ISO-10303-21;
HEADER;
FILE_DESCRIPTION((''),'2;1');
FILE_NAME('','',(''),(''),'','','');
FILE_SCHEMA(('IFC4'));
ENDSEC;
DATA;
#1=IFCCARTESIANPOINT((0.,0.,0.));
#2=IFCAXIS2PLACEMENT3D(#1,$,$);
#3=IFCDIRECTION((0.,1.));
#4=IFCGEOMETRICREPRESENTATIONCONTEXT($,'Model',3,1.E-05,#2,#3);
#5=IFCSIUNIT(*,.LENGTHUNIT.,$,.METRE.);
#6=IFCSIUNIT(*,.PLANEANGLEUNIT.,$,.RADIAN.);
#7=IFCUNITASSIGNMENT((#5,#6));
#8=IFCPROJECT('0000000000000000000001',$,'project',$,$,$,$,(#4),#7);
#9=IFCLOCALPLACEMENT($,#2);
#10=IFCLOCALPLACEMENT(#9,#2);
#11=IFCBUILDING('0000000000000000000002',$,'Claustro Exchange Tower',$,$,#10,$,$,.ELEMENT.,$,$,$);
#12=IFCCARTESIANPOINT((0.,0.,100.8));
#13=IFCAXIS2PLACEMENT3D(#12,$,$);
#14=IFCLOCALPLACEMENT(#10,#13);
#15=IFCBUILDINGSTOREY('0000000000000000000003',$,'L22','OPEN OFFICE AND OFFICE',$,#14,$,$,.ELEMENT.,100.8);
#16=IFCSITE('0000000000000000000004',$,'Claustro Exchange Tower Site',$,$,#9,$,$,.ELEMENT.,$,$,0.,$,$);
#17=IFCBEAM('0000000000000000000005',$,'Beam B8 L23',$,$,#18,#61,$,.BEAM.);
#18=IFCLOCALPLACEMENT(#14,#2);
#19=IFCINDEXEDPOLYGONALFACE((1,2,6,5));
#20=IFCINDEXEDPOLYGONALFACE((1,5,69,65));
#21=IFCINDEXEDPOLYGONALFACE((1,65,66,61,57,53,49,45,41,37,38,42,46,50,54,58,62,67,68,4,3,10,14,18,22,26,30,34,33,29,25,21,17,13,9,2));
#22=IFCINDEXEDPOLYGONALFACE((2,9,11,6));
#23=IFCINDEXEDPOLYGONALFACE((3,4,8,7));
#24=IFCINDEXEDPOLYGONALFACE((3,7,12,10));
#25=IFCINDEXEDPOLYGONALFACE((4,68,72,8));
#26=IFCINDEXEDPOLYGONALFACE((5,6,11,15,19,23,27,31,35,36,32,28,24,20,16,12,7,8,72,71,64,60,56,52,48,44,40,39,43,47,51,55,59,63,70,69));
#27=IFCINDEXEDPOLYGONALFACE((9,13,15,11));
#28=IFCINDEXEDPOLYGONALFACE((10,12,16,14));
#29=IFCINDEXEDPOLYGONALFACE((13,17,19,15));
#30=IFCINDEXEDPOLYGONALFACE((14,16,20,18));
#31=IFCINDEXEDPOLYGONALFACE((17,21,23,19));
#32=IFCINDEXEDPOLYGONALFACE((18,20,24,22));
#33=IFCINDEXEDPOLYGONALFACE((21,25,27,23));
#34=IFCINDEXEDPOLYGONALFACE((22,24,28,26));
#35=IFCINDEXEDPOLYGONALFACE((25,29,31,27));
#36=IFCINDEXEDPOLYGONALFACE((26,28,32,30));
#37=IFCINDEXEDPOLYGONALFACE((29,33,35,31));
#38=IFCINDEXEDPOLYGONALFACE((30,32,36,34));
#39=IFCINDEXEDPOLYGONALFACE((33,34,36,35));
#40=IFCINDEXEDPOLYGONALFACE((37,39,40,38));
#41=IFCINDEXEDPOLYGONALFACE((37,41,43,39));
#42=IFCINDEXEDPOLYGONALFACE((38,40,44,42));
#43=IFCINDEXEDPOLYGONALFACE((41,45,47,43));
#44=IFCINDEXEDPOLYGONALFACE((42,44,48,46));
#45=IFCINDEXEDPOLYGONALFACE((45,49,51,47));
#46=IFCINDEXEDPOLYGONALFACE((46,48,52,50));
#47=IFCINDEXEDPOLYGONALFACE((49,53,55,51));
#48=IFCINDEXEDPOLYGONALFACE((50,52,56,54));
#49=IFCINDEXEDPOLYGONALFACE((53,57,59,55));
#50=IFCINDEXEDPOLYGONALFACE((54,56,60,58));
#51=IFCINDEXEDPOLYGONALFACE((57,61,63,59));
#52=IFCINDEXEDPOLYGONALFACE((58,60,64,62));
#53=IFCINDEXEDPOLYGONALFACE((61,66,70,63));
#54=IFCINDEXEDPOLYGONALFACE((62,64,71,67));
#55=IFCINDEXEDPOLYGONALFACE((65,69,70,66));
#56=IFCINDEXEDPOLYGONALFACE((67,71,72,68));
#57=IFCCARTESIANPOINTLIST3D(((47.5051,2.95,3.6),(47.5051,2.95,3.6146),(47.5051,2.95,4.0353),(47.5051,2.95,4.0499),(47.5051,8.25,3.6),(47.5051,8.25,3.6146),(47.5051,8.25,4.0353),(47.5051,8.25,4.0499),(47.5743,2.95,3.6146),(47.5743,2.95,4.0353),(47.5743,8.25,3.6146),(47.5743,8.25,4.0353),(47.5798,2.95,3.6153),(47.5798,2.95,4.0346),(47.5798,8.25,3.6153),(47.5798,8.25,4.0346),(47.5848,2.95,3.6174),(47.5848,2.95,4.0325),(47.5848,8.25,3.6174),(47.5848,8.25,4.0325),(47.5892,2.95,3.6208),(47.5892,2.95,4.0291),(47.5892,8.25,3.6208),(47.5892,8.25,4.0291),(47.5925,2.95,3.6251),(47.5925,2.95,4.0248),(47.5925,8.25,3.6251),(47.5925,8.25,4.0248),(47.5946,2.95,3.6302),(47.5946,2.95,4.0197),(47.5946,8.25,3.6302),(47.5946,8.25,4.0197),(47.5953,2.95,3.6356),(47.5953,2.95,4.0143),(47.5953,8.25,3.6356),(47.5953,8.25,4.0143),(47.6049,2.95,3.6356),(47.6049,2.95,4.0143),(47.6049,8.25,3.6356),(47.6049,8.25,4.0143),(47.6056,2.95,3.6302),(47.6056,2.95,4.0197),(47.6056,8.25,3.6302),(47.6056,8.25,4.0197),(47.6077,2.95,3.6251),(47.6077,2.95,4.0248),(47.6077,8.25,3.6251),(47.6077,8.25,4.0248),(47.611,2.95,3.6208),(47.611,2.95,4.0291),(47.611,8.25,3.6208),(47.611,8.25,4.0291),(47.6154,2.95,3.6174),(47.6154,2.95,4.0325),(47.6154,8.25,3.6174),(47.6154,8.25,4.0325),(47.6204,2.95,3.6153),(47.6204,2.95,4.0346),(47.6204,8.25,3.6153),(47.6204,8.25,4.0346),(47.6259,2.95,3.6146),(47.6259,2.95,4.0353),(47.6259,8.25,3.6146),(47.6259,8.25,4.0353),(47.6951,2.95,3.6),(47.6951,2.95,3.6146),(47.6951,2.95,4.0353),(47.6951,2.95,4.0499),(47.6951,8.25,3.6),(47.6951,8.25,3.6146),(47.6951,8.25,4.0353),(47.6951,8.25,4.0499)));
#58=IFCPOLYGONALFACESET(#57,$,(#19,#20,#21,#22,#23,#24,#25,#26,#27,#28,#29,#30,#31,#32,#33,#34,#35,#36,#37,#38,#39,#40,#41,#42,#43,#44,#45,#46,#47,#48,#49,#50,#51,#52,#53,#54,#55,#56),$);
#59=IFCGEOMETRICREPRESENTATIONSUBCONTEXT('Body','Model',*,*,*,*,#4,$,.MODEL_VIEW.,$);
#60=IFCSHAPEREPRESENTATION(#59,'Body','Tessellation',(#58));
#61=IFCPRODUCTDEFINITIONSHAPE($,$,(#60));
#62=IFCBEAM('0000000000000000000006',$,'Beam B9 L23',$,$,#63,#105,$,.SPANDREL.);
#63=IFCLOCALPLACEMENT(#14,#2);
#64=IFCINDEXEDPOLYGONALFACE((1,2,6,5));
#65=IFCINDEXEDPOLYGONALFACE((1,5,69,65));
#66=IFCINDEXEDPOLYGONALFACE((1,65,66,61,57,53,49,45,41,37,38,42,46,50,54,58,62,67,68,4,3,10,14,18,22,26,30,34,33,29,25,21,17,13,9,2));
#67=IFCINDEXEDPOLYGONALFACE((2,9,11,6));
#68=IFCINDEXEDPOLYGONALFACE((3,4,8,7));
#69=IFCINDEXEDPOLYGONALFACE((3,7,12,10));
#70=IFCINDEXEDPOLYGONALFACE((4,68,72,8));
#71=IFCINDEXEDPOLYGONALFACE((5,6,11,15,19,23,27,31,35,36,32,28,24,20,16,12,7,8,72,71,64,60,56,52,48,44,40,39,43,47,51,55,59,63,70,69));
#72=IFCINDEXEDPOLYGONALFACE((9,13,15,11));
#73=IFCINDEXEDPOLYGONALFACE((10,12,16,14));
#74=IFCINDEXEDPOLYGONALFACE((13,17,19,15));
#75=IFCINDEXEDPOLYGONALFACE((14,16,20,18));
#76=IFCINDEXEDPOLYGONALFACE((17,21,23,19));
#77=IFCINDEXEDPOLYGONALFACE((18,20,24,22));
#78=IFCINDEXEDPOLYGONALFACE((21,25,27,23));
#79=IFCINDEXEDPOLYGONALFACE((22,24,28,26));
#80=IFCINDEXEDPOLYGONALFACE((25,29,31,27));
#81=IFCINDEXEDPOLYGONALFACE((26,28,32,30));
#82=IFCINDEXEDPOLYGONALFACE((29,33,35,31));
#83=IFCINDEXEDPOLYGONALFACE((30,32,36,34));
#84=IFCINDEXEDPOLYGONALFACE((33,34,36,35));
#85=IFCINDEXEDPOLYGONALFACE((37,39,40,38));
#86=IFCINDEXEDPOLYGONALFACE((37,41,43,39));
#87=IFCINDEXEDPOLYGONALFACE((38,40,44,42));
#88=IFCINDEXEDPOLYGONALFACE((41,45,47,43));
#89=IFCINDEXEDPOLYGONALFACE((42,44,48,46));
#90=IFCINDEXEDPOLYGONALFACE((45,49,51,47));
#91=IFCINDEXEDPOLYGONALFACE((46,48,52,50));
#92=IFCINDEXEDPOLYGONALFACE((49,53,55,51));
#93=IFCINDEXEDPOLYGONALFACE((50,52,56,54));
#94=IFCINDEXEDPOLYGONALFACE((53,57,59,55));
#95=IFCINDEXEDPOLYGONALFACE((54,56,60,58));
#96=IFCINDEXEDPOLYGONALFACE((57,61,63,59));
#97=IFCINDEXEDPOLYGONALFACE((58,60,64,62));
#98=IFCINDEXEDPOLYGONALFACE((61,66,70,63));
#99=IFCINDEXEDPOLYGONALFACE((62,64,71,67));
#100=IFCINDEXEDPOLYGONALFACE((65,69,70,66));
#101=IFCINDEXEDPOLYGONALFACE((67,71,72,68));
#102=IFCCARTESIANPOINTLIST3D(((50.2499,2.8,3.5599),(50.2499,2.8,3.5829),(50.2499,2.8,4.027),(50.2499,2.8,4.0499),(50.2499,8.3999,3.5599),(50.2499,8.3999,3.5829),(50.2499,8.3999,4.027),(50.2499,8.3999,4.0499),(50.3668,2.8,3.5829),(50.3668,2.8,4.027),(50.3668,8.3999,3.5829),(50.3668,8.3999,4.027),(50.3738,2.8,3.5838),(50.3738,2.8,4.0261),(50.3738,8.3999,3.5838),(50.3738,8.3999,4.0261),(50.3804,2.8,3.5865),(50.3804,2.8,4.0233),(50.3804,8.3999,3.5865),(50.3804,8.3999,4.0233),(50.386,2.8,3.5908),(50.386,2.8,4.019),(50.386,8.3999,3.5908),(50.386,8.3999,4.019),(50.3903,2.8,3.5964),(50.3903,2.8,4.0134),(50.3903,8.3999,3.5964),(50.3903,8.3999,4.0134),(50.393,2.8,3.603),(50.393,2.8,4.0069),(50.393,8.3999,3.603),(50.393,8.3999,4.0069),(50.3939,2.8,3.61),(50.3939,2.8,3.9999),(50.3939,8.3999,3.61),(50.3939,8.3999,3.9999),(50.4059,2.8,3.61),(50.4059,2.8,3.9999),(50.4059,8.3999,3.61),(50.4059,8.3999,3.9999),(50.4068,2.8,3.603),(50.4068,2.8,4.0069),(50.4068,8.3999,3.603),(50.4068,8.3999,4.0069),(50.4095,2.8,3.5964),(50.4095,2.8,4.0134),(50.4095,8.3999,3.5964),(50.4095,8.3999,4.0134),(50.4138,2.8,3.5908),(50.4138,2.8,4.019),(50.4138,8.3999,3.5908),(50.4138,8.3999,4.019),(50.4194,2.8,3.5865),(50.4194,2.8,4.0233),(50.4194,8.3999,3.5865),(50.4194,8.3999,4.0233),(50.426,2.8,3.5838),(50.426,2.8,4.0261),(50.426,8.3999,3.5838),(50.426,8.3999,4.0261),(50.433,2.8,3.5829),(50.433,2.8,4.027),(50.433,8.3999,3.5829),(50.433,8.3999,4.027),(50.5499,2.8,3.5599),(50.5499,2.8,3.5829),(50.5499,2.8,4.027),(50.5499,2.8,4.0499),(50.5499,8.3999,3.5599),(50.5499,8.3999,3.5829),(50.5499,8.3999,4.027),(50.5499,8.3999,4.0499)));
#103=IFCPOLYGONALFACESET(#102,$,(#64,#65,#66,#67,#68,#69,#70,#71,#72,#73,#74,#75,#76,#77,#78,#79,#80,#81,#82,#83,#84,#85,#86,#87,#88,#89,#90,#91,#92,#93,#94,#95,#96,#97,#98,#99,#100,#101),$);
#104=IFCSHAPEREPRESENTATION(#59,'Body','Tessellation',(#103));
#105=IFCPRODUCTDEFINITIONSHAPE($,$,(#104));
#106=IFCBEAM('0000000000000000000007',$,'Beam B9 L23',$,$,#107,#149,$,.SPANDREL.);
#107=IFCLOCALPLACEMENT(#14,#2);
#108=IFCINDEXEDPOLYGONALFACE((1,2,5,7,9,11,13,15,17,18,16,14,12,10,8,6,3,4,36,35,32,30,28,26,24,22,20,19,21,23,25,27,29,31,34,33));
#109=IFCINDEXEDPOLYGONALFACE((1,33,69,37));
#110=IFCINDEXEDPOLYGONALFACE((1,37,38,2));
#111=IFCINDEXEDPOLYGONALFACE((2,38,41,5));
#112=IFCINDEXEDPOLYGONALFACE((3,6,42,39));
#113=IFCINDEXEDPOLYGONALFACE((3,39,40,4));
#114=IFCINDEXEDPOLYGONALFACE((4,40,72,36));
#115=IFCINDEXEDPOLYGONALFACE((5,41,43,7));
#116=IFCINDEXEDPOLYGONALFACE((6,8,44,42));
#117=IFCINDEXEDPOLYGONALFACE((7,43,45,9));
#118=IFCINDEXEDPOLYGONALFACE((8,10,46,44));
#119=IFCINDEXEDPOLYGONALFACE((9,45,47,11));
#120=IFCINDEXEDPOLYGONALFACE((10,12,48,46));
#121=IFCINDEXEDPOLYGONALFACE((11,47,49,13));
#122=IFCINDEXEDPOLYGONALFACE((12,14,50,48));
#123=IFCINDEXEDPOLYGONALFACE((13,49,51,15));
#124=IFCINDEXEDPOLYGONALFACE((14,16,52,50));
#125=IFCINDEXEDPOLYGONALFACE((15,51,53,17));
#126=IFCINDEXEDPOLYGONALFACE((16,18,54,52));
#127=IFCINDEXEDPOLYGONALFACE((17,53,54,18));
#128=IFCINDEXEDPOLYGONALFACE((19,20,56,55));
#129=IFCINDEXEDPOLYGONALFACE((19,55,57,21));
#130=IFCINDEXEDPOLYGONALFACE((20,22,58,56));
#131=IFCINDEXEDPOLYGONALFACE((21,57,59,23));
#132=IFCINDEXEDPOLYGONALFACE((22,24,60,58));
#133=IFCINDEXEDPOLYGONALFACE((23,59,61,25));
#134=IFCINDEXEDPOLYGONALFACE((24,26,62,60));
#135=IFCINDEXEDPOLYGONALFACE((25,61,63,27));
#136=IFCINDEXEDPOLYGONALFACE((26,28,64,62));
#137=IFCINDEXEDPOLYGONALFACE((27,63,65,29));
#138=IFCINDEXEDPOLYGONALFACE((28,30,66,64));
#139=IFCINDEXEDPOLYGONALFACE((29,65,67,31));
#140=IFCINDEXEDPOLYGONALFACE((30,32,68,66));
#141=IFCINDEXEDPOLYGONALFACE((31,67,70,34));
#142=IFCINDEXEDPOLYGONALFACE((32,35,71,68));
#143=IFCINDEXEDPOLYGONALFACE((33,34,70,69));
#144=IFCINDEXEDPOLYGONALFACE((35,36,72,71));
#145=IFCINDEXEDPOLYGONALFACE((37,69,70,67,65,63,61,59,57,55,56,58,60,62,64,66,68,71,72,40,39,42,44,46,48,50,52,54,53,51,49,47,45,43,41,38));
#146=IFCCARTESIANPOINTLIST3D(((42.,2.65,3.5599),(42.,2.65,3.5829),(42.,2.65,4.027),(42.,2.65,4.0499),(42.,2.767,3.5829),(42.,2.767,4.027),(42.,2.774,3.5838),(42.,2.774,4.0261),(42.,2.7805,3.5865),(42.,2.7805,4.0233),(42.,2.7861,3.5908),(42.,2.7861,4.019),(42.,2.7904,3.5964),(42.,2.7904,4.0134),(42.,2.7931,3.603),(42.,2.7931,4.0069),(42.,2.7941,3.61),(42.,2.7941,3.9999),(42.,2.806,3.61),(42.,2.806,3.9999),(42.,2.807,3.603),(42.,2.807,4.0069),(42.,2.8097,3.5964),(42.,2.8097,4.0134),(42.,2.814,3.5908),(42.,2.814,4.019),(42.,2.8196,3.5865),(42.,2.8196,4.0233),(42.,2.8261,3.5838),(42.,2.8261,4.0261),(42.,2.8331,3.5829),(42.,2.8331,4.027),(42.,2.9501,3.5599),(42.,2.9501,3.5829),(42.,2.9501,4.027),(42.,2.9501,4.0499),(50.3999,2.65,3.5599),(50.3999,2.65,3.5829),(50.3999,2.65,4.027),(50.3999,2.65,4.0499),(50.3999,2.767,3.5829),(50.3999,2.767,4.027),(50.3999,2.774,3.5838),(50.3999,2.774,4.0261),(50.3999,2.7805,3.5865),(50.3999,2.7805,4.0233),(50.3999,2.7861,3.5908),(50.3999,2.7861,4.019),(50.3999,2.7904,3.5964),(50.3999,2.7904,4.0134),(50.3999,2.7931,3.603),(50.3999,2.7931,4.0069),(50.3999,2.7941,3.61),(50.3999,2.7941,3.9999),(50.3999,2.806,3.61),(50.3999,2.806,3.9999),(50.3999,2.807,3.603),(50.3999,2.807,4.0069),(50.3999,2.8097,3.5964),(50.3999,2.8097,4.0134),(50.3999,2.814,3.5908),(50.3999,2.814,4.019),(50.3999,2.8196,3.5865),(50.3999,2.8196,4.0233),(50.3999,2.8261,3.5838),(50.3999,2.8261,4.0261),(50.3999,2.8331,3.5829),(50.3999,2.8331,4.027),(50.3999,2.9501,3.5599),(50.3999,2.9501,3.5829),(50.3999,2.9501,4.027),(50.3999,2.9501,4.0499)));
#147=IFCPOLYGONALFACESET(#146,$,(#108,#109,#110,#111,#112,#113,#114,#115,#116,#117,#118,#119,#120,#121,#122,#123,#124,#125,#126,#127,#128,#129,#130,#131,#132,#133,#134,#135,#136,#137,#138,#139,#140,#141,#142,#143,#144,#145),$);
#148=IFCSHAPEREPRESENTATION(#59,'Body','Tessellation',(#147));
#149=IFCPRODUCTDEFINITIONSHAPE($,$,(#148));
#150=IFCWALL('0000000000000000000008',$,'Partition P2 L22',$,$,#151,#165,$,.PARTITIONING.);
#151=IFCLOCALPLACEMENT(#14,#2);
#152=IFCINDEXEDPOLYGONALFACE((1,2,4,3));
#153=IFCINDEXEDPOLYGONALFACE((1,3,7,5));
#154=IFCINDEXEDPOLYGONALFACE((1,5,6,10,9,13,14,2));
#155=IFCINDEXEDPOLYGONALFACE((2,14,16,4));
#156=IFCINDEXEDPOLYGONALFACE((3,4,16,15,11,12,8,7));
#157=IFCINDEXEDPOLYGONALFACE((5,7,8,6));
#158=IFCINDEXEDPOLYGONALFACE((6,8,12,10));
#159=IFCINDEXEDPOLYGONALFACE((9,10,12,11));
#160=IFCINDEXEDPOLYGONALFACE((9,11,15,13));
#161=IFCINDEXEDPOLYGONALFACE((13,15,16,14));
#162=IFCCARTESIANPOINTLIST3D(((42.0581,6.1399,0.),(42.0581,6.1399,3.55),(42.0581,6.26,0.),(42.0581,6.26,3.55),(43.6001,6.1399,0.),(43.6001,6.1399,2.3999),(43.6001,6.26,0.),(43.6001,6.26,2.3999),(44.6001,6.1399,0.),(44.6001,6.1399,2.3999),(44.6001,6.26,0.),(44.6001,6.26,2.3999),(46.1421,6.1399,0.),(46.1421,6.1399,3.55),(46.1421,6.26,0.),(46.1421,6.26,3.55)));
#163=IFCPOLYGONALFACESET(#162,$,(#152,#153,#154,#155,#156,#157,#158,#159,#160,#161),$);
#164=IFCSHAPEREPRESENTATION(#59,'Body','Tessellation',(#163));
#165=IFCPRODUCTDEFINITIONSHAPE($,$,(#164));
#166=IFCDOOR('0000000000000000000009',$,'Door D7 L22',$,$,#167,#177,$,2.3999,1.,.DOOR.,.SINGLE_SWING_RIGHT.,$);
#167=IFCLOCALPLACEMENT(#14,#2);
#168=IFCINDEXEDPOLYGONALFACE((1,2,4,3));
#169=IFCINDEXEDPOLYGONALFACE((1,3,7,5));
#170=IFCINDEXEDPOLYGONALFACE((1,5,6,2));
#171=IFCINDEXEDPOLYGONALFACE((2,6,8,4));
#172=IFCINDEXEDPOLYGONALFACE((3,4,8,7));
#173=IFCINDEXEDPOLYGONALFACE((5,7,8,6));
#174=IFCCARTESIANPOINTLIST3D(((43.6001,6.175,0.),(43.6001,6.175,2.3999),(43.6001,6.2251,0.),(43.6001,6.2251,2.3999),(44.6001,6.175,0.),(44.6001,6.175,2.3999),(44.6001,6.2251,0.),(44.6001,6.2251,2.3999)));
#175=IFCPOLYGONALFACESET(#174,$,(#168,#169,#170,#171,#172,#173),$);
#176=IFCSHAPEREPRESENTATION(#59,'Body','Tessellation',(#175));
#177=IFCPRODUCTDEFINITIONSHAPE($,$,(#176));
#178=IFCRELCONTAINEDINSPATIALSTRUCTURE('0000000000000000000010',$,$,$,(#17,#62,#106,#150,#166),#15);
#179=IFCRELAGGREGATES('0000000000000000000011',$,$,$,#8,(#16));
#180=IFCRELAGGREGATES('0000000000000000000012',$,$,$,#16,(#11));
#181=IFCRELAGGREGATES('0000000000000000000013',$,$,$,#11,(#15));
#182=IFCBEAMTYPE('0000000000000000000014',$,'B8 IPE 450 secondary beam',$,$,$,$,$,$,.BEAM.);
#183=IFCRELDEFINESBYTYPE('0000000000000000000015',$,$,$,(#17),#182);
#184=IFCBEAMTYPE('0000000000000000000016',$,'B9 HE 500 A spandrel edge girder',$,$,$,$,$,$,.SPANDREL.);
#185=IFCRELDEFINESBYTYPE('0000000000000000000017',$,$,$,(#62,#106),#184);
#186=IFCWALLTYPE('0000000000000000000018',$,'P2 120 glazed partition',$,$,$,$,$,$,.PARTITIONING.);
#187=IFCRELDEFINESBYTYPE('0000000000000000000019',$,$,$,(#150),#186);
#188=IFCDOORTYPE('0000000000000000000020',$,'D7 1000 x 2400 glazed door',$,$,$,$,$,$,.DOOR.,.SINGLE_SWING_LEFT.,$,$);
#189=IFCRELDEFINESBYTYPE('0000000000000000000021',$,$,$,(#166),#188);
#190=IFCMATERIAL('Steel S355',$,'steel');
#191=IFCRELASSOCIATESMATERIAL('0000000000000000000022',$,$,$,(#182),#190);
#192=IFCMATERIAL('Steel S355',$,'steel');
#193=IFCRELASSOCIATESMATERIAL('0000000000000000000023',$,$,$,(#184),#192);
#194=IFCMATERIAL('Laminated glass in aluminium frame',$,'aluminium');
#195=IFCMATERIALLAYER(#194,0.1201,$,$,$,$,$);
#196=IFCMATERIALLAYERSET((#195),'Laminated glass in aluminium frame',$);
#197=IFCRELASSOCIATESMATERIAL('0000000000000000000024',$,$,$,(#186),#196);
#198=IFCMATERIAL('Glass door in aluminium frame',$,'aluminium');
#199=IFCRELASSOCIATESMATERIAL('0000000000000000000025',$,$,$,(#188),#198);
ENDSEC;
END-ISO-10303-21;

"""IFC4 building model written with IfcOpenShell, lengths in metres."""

from ifc_helpers import new_model, si_unit, direction, frame, frame_2d, origin, origin_2d, place, context, subcontext, project, spatial, rectangle, i_section, extrude, material, layer, layer_set, material_profile, profile_set, type_object, element, fill, save


model = new_model("IFC4")

# Units and contexts
model_context = context("Model", 3, precision=1e-05, world=origin(), true_north=direction((0.0, 1.0)))
body_context = subcontext(model_context, "Body", "Model", "MODEL_VIEW")
ifc_project = project(units=[si_unit("LENGTHUNIT", "METRE"), si_unit("PLANEANGLEUNIT", "RADIAN")], contexts=[model_context])

# Site, building, storey
site_placement = place(None, origin())
site = spatial("IfcSite", under=ifc_project, at=site_placement, Name="Claustro Exchange Tower Site", CompositionType="ELEMENT", RefElevation=0.0)
building_placement = place(site_placement, origin())
building = spatial("IfcBuilding", under=site, at=building_placement, Name="Claustro Exchange Tower", CompositionType="ELEMENT")
storey_placement = place(building_placement, frame((0.0, 0.0, 100.8)))
storey = spatial("IfcBuildingStorey", under=building, at=storey_placement, Name="L22", Description="OPEN OFFICE AND OFFICE", CompositionType="ELEMENT", Elevation=100.8)

# Beams
ifc_material_1 = material(Name="Steel S355", Category="steel")
ifc_material_profile_1 = material_profile(ifc_material_1, i_section(OverallWidth=0.1899, OverallDepth=0.45, WebThickness=0.0095, FlangeThickness=0.0146, FilletRadius=0.021, at=origin_2d()), Name="IPE 450")
ifc_profile_set_1 = profile_set([ifc_material_profile_1], Name="Steel S355")
beam_type_1 = type_object("IfcBeamType", Name="B8 IPE 450 secondary beam", PredefinedType="BEAM", material=ifc_profile_set_1)
for number, where, z_axis, x_axis, name in (
    (1, (47.6001, 2.95, 3.825), (0.0, 1.0, 0.0), (-1.0, 0.0, 0.0), "Beam B8 L23"),
):
    element("IfcBeam", number, at=place(storey_placement, frame(where, z_axis=z_axis, x_axis=x_axis)), inside=storey, type_object=beam_type_1, Name=name, PredefinedType="BEAM", context=body_context, shape_type="SweptSolid", body=[
        extrude(i_section(OverallWidth=0.1899, OverallDepth=0.45, WebThickness=0.0095, FlangeThickness=0.0146, FilletRadius=0.021, at=origin_2d()), origin(), (0.0, 0.0, 1.0), 5.3),
    ])
ifc_material_2 = material(Name="Steel S355", Category="steel")
ifc_material_profile_2 = material_profile(ifc_material_2, i_section(OverallWidth=0.3, OverallDepth=0.49, WebThickness=0.012, FlangeThickness=0.0229, FilletRadius=0.0271, at=origin_2d()), Name="HE 500 A")
ifc_profile_set_2 = profile_set([ifc_material_profile_2], Name="Steel S355")
beam_type_2 = type_object("IfcBeamType", Name="B9 HE 500 A spandrel edge girder", PredefinedType="SPANDREL", material=ifc_profile_set_2)
beam_1_placement = place(storey_placement, frame((50.3999, 2.8, 3.8049), z_axis=(0.0, 1.0, 0.0), x_axis=(-1.0, 0.0, 0.0)))
element("IfcBeam", 2, at=beam_1_placement, inside=storey, type_object=beam_type_2, Name="Beam B9 L23", PredefinedType="SPANDREL", context=body_context, shape_type="SweptSolid", body=[
    extrude(i_section(OverallWidth=0.3, OverallDepth=0.49, WebThickness=0.012, FlangeThickness=0.0229, FilletRadius=0.0271, at=origin_2d()), origin(), (0.0, 0.0, 1.0), 5.5999),
])
beam_2_placement = place(storey_placement, frame((42.0, 2.8, 3.8049), z_axis=(1.0, 0.0, 0.0), x_axis=(0.0, 1.0, 0.0)))
element("IfcBeam", 3, at=beam_2_placement, inside=storey, type_object=beam_type_2, Name="Beam B9 L23", PredefinedType="SPANDREL", context=body_context, shape_type="SweptSolid", body=[
    extrude(i_section(OverallWidth=0.3, OverallDepth=0.49, WebThickness=0.012, FlangeThickness=0.0229, FilletRadius=0.0271, at=origin_2d()), origin(), (0.0, 0.0, 1.0), 8.3999),
])

# Wall, opening, door
ifc_material_3 = material(Name="Laminated glass in aluminium frame", Category="aluminium")
ifc_layer_1 = layer(ifc_material_3, 0.1201)
ifc_layer_set_1 = layer_set([ifc_layer_1], Name="Laminated glass in aluminium frame")
wall_type_1 = type_object("IfcWallType", Name="P2 120 glazed partition", PredefinedType="PARTITIONING", material=ifc_layer_set_1)
wall_1_placement = place(storey_placement, frame((42.0581, 6.2, 0.0), z_axis=(0.0, 0.0, 1.0), x_axis=(1.0, 0.0, 0.0)))
wall_1 = element("IfcWall", 4, at=wall_1_placement, inside=storey, type_object=wall_type_1, Name="Partition P2 L22", PredefinedType="PARTITIONING", context=body_context, shape_type="SweptSolid", body=[
    extrude(rectangle(XDim=4.084, YDim=0.1201, at=frame_2d((2.042, 0.0))), origin(), (0.0, 0.0, 1.0), 3.55),
])
opening_1_placement = place(wall_1_placement, frame((1.542, 0.0, 0.0)))
opening_1 = element("IfcOpeningElement", 5, at=opening_1_placement, cuts=wall_1, PredefinedType="OPENING", context=body_context, shape_type="SweptSolid", body=[
    extrude(rectangle(XDim=1.0, YDim=2.3999, at=frame_2d((0.5, 1.2))), frame((0.0, 0.0701, 0.0), z_axis=(0.0, -1.0, 0.0), x_axis=(1.0, 0.0, 0.0)), (0.0, 0.0, 1.0), 0.1401),
])
ifc_material_4 = material(Name="Glass door in aluminium frame", Category="aluminium")
door_type = type_object("IfcDoorType", Name="D7 1000 x 2400 glazed door", OperationType="SINGLE_SWING_LEFT", PredefinedType="DOOR", material=ifc_material_4)
door_1_placement = place(opening_1_placement, frame((1.0, 0.0, 0.0), z_axis=(0.0, 0.0, 1.0), x_axis=(-1.0, 0.0, 0.0)))
door_1 = element("IfcDoor", 6, at=door_1_placement, inside=storey, type_object=door_type, Name="Door D7 L22", OperationType="SINGLE_SWING_RIGHT", OverallHeight=2.3999, OverallWidth=1.0, PredefinedType="DOOR", context=body_context, shape_type="SweptSolid", body=[
    extrude(rectangle(XDim=1.0, YDim=2.3999, at=frame_2d((0.5, 1.2))), frame((0.0, 0.0249, 0.0), z_axis=(0.0, -1.0, 0.0), x_axis=(1.0, 0.0, 0.0)), (0.0, 0.0, 1.0), 0.05),
])
fill(opening_1, door_1)

save(model, "model.ifc")
